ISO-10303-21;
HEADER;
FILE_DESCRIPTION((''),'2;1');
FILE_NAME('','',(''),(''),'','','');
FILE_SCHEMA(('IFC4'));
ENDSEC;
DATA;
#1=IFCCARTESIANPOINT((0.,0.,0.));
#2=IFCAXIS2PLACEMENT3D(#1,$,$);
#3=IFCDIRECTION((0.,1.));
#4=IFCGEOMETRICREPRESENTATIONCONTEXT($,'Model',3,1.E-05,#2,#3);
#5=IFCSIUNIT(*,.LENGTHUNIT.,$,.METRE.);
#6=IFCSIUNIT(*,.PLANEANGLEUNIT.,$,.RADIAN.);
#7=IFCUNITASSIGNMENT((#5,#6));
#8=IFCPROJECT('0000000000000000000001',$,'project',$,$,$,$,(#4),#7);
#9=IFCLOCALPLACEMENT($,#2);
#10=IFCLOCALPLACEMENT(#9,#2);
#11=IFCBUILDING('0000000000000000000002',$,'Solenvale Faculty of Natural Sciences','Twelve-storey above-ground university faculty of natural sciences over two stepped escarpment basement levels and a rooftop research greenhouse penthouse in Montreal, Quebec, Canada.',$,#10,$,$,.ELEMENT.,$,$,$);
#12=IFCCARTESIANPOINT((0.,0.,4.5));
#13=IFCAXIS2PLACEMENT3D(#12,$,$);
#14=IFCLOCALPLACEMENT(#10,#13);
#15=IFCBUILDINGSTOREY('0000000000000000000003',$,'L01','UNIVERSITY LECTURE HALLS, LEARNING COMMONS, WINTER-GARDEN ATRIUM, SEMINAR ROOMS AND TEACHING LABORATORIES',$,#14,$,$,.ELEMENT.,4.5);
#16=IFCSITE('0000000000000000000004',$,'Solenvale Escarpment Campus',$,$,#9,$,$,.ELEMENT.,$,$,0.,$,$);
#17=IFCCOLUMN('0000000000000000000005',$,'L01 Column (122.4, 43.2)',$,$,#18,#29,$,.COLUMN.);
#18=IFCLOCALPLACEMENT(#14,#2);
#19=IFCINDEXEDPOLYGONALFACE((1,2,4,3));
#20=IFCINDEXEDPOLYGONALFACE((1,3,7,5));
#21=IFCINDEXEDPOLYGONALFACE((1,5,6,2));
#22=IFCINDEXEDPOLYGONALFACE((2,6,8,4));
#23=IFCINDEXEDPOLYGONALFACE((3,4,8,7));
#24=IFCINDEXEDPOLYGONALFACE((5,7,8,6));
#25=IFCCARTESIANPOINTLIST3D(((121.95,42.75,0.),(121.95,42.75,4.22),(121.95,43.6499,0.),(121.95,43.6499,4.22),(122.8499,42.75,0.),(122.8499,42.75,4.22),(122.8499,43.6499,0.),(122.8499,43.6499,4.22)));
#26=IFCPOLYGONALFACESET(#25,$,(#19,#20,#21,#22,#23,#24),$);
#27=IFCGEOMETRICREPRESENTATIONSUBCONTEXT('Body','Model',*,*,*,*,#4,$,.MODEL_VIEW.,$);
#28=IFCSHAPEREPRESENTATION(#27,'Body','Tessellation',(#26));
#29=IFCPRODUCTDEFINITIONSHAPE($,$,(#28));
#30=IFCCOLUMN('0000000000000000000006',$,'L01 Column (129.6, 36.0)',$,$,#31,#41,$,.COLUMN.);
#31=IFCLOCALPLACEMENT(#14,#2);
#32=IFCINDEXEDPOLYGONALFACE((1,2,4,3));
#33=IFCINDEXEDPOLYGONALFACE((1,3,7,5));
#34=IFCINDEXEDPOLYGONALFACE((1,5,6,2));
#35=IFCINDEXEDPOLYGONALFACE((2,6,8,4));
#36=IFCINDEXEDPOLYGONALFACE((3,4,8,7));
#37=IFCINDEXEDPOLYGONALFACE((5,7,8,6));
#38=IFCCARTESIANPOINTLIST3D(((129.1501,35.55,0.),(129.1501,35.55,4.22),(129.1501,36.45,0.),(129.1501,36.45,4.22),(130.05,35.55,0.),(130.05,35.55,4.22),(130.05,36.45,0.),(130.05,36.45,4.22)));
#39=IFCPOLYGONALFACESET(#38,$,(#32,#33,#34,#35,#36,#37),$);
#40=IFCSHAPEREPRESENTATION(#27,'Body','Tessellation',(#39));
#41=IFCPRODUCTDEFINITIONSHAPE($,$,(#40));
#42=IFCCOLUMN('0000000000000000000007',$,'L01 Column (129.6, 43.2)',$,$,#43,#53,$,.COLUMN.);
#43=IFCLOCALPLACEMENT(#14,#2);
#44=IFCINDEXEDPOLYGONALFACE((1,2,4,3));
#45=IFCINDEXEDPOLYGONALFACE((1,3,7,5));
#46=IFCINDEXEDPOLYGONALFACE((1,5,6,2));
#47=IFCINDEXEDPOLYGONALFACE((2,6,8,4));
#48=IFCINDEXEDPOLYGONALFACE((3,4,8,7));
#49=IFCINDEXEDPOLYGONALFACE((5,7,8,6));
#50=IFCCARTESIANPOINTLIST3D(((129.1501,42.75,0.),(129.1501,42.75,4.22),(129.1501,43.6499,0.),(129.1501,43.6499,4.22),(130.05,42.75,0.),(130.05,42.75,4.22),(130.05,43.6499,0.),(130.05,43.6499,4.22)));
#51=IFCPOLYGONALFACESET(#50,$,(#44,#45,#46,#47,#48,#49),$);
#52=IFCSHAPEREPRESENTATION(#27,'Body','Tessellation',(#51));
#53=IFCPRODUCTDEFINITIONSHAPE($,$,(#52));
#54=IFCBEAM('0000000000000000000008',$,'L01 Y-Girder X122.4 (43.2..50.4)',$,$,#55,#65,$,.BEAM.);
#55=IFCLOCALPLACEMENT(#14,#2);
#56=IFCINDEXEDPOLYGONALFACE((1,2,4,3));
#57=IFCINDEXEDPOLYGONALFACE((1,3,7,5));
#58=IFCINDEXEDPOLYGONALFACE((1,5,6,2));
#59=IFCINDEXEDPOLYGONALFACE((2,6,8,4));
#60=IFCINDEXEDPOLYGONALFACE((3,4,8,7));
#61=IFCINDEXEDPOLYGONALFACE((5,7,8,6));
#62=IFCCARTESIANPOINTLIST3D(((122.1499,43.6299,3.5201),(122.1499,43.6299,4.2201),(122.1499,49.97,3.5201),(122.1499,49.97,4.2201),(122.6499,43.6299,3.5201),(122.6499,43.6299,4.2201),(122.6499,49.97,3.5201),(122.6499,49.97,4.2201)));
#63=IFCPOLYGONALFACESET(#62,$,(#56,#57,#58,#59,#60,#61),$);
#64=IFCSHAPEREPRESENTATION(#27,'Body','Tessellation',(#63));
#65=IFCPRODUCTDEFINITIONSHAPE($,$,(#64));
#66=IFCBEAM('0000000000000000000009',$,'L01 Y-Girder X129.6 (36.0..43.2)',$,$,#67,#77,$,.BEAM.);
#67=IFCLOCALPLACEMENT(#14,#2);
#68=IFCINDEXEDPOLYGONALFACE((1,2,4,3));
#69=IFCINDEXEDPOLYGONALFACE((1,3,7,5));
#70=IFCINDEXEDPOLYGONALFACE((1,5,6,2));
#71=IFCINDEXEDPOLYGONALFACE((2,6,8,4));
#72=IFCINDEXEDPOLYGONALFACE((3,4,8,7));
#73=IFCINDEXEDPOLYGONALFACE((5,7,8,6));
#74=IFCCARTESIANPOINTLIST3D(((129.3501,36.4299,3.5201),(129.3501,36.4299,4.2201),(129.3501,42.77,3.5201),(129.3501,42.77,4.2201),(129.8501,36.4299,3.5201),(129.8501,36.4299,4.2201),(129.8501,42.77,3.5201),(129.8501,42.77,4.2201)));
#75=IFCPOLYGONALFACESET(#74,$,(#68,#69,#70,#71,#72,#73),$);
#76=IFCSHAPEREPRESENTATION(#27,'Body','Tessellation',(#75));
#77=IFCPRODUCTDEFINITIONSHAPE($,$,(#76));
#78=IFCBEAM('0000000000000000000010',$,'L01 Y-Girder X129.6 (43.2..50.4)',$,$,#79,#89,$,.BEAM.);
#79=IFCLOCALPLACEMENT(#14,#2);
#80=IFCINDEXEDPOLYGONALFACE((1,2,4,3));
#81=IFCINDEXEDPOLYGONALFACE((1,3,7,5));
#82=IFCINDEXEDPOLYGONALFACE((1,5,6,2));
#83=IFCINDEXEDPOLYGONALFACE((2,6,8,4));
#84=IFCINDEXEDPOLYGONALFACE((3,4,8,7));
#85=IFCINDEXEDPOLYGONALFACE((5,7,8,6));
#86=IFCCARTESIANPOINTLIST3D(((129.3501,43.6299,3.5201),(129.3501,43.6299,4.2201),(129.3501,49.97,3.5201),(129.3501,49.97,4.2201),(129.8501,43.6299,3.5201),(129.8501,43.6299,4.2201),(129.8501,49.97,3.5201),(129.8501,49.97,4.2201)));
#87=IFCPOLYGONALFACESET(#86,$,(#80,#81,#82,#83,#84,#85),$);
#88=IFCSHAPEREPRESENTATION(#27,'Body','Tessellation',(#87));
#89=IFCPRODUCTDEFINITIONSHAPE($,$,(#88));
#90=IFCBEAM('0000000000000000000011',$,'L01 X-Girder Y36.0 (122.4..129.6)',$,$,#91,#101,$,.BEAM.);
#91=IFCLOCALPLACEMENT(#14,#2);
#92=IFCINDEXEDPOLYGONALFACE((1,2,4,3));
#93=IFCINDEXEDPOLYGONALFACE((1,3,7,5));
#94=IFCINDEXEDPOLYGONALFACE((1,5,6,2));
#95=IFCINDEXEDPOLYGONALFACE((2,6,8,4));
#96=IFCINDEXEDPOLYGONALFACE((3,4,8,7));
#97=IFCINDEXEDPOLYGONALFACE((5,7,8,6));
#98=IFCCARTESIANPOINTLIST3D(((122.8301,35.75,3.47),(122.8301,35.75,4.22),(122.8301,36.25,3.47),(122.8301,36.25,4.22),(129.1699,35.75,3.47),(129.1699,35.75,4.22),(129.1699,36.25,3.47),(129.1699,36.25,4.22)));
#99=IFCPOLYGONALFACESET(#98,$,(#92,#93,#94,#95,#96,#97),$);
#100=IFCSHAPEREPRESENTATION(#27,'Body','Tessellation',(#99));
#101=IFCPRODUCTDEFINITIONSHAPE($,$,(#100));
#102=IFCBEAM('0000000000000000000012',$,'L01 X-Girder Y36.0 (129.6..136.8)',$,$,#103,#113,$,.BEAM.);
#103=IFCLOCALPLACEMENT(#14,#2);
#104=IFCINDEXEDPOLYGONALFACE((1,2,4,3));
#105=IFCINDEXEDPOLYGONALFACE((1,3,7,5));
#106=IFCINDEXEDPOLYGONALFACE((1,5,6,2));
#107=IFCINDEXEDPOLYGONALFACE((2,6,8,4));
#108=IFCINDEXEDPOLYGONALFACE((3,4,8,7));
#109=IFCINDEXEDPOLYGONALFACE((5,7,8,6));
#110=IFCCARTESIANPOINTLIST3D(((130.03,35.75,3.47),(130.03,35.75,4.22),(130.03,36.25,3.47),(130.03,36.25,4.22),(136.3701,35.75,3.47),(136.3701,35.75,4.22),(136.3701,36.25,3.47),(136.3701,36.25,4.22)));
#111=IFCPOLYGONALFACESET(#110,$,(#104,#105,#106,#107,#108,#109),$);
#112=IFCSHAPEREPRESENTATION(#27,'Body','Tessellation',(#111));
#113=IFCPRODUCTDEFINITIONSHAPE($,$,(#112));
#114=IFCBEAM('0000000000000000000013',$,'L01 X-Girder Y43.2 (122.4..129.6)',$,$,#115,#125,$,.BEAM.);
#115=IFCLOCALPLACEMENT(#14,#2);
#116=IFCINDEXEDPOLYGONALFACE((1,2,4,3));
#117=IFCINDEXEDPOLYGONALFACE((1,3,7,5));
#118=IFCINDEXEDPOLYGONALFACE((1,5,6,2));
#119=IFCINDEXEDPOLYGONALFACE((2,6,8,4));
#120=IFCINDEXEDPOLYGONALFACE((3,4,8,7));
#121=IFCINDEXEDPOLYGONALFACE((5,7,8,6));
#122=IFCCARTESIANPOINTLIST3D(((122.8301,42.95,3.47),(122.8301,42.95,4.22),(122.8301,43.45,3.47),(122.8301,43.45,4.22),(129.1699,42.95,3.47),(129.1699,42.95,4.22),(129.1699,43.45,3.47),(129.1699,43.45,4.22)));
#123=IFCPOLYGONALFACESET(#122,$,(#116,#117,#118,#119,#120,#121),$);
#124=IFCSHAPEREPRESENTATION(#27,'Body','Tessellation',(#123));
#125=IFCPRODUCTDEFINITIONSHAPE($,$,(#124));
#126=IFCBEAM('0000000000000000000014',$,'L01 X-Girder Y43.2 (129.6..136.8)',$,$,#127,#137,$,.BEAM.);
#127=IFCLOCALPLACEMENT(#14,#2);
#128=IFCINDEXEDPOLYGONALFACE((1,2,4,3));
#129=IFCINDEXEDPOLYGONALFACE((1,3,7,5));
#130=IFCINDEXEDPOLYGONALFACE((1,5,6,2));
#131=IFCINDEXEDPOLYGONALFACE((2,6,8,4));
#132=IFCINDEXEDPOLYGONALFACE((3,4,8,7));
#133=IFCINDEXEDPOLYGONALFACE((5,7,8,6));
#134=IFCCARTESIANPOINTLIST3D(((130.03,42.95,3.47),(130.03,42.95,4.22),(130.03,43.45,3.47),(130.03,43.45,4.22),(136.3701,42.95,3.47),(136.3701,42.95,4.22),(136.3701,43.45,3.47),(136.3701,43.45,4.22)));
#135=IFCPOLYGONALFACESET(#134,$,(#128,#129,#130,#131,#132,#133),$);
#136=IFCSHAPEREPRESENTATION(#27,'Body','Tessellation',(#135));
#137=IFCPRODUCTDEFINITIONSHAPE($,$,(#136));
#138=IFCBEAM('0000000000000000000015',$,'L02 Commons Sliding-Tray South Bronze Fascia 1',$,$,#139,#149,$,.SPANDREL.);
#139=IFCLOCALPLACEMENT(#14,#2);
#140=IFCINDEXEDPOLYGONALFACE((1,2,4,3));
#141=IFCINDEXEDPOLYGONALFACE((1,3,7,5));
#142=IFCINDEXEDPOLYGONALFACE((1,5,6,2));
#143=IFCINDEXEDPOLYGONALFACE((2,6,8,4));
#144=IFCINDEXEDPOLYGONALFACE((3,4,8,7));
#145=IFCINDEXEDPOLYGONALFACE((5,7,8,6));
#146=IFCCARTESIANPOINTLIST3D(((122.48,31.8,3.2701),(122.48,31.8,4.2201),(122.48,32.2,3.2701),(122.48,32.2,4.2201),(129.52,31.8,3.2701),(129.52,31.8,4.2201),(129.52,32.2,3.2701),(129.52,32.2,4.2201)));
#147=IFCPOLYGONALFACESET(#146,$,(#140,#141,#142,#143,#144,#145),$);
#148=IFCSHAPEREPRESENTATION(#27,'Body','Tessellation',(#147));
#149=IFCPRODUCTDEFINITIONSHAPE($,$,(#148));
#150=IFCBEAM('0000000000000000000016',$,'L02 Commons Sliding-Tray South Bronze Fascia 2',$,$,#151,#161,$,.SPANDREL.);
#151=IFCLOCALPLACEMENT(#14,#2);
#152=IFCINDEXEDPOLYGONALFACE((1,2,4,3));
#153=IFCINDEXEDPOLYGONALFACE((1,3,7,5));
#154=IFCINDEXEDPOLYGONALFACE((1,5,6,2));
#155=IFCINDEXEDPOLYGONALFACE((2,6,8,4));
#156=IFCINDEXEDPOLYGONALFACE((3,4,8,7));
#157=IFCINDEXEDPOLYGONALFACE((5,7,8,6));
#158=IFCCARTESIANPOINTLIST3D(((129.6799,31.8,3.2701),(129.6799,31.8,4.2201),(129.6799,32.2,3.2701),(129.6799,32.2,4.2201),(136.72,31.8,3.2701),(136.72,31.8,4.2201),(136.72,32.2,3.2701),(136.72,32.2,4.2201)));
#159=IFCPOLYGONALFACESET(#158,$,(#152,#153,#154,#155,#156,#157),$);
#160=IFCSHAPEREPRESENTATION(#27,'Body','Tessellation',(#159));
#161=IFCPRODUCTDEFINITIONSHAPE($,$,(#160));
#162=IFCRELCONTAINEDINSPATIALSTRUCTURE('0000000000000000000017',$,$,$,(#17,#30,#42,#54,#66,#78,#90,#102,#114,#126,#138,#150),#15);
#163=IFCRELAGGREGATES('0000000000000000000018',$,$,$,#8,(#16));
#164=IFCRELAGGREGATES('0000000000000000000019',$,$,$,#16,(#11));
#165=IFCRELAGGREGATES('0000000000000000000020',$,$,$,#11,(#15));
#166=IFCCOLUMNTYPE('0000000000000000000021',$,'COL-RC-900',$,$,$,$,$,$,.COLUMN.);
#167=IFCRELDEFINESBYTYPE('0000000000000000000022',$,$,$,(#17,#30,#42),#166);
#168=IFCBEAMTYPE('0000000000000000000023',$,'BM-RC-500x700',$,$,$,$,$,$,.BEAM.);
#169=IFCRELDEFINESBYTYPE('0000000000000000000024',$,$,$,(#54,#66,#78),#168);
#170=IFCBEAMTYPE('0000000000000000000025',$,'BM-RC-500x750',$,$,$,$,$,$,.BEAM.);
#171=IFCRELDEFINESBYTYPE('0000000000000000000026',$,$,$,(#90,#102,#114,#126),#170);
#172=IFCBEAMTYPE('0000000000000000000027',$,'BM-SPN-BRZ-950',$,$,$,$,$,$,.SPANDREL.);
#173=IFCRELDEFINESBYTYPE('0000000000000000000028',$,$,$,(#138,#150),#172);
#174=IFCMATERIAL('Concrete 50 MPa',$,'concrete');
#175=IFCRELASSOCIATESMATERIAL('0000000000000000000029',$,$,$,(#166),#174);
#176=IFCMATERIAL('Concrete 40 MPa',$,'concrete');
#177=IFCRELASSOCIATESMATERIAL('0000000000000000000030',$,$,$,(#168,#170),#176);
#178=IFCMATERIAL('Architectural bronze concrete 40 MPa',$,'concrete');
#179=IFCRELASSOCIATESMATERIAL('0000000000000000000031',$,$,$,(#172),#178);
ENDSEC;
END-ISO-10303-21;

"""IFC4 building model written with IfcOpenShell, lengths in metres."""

from ifc_helpers import new_model, si_unit, direction, frame, origin, origin_2d, place, context, subcontext, project, spatial, rectangle, extrude, material, material_profile, profile_set, type_object, element, save


model = new_model("IFC4")

# Units and contexts
model_context = context("Model", 3, precision=1e-05, world=origin(), true_north=direction((0.0, 1.0)))
body_context = subcontext(model_context, "Body", "Model", "MODEL_VIEW")
ifc_project = project(units=[si_unit("LENGTHUNIT", "METRE"), si_unit("PLANEANGLEUNIT", "RADIAN")], contexts=[model_context])

# Site, building, storey
site_placement = place(None, origin())
site = spatial("IfcSite", under=ifc_project, at=site_placement, Name="Solenvale Escarpment Campus", CompositionType="ELEMENT", RefElevation=0.0)
building_placement = place(site_placement, origin())
building = spatial("IfcBuilding", under=site, at=building_placement, Name="Solenvale Faculty of Natural Sciences", Description="Twelve-storey above-ground university faculty of natural sciences over two stepped escarpment basement levels and a rooftop research greenhouse penthouse in Montreal, Quebec, Canada.", CompositionType="ELEMENT")
storey_placement = place(building_placement, frame((0.0, 0.0, 4.5)))
storey = spatial("IfcBuildingStorey", under=building, at=storey_placement, Name="L01", Description="UNIVERSITY LECTURE HALLS, LEARNING COMMONS, WINTER-GARDEN ATRIUM, SEMINAR ROOMS AND TEACHING LABORATORIES", CompositionType="ELEMENT", Elevation=4.5)

# Columns
ifc_material_1 = material(Name="Concrete 50 MPa", Category="concrete")
ifc_material_profile_1 = material_profile(ifc_material_1, rectangle(XDim=0.8999, YDim=0.8999, at=origin_2d()), Name="RC-COL-900x900")
ifc_profile_set_1 = profile_set([ifc_material_profile_1], Name="Concrete 50 MPa")
column_type = type_object("IfcColumnType", Name="COL-RC-900", PredefinedType="COLUMN", material=ifc_profile_set_1)
for number, where, z_axis, x_axis, name in (
    (1, (122.3999, 43.2, 0.0), (0.0, 0.0, 1.0), (1.0, 0.0, 0.0), "L01 Column (122.4, 43.2)"),
    (2, (129.6001, 36.0, 0.0), (0.0, 0.0, 1.0), (1.0, 0.0, 0.0), "L01 Column (129.6, 36.0)"),
    (3, (129.6001, 43.2, 0.0), (0.0, 0.0, 1.0), (1.0, 0.0, 0.0), "L01 Column (129.6, 43.2)"),
):
    element("IfcColumn", number, at=place(storey_placement, frame(where, z_axis=z_axis, x_axis=x_axis)), inside=storey, type_object=column_type, Name=name, PredefinedType="COLUMN", context=body_context, shape_type="SweptSolid", body=[
        extrude(rectangle(XDim=0.8999, YDim=0.8999, at=origin_2d()), origin(), (0.0, 0.0, 1.0), 4.22),
    ])

# Beams
ifc_material_2 = material(Name="Concrete 40 MPa", Category="concrete")
ifc_material_profile_2 = material_profile(ifc_material_2, rectangle(XDim=0.5, YDim=0.7, at=origin_2d()), Name="RC-BM-500x700")
ifc_profile_set_2 = profile_set([ifc_material_profile_2], Name="Concrete 40 MPa")
beam_type_1 = type_object("IfcBeamType", Name="BM-RC-500x700", PredefinedType="BEAM", material=ifc_profile_set_2)
for number, where, z_axis, x_axis, name in (
    (4, (122.3999, 43.6299, 3.8701), (0.0, 1.0, 0.0), (-1.0, 0.0, 0.0), "L01 Y-Girder X122.4 (43.2..50.4)"),
    (5, (129.6001, 36.4299, 3.8701), (0.0, 1.0, 0.0), (-1.0, 0.0, 0.0), "L01 Y-Girder X129.6 (36.0..43.2)"),
    (6, (129.6001, 43.6299, 3.8701), (0.0, 1.0, 0.0), (-1.0, 0.0, 0.0), "L01 Y-Girder X129.6 (43.2..50.4)"),
):
    element("IfcBeam", number, at=place(storey_placement, frame(where, z_axis=z_axis, x_axis=x_axis)), inside=storey, type_object=beam_type_1, Name=name, PredefinedType="BEAM", context=body_context, shape_type="SweptSolid", body=[
        extrude(rectangle(XDim=0.5, YDim=0.7, at=origin_2d()), origin(), (0.0, 0.0, 1.0), 6.3401),
    ])
ifc_material_profile_3 = material_profile(ifc_material_2, rectangle(XDim=0.5, YDim=0.75, at=origin_2d()), Name="RC-BM-500x750")
ifc_profile_set_3 = profile_set([ifc_material_profile_3], Name="Concrete 40 MPa")
beam_type_2 = type_object("IfcBeamType", Name="BM-RC-500x750", PredefinedType="BEAM", material=ifc_profile_set_3)
beam_1_placement = place(storey_placement, frame((122.8301, 36.0, 3.845), z_axis=(1.0, 0.0, 0.0), x_axis=(0.0, 1.0, 0.0)))
element("IfcBeam", 7, at=beam_1_placement, inside=storey, type_object=beam_type_2, Name="L01 X-Girder Y36.0 (122.4..129.6)", PredefinedType="BEAM", context=body_context, shape_type="SweptSolid", body=[
    extrude(rectangle(XDim=0.5, YDim=0.75, at=origin_2d()), origin(), (0.0, 0.0, 1.0), 6.3398),
])
beam_2_placement = place(storey_placement, frame((130.03, 36.0, 3.845), z_axis=(1.0, 0.0, 0.0), x_axis=(0.0, 1.0, 0.0)))
element("IfcBeam", 8, at=beam_2_placement, inside=storey, type_object=beam_type_2, Name="L01 X-Girder Y36.0 (129.6..136.8)", PredefinedType="BEAM", context=body_context, shape_type="SweptSolid", body=[
    extrude(rectangle(XDim=0.5, YDim=0.75, at=origin_2d()), origin(), (0.0, 0.0, 1.0), 6.3401),
])
beam_3_placement = place(storey_placement, frame((122.8301, 43.2, 3.845), z_axis=(1.0, 0.0, 0.0), x_axis=(0.0, 1.0, 0.0)))
element("IfcBeam", 9, at=beam_3_placement, inside=storey, type_object=beam_type_2, Name="L01 X-Girder Y43.2 (122.4..129.6)", PredefinedType="BEAM", context=body_context, shape_type="SweptSolid", body=[
    extrude(rectangle(XDim=0.5, YDim=0.75, at=origin_2d()), origin(), (0.0, 0.0, 1.0), 6.3398),
])
beam_4_placement = place(storey_placement, frame((130.03, 43.2, 3.845), z_axis=(1.0, 0.0, 0.0), x_axis=(0.0, 1.0, 0.0)))
element("IfcBeam", 10, at=beam_4_placement, inside=storey, type_object=beam_type_2, Name="L01 X-Girder Y43.2 (129.6..136.8)", PredefinedType="BEAM", context=body_context, shape_type="SweptSolid", body=[
    extrude(rectangle(XDim=0.5, YDim=0.75, at=origin_2d()), origin(), (0.0, 0.0, 1.0), 6.3401),
])
ifc_material_3 = material(Name="Architectural bronze concrete 40 MPa", Category="concrete")
ifc_material_profile_4 = material_profile(ifc_material_3, rectangle(XDim=0.3999, YDim=0.95, at=origin_2d()), Name="RC-SPN-400x950")
ifc_profile_set_4 = profile_set([ifc_material_profile_4], Name="Architectural bronze concrete 40 MPa")
beam_type_3 = type_object("IfcBeamType", Name="BM-SPN-BRZ-950", PredefinedType="SPANDREL", material=ifc_profile_set_4)
for number, where, z_axis, x_axis, name in (
    (11, (122.48, 32.0, 3.7451), (1.0, 0.0, 0.0), (0.0, 1.0, 0.0), "L02 Commons Sliding-Tray South Bronze Fascia 1"),
    (12, (129.6799, 32.0, 3.7451), (1.0, 0.0, 0.0), (0.0, 1.0, 0.0), "L02 Commons Sliding-Tray South Bronze Fascia 2"),
):
    element("IfcBeam", number, at=place(storey_placement, frame(where, z_axis=z_axis, x_axis=x_axis)), inside=storey, type_object=beam_type_3, Name=name, PredefinedType="SPANDREL", context=body_context, shape_type="SweptSolid", body=[
        extrude(rectangle(XDim=0.3999, YDim=0.95, at=origin_2d()), origin(), (0.0, 0.0, 1.0), 7.04),
    ])

save(model, "model.ifc")
